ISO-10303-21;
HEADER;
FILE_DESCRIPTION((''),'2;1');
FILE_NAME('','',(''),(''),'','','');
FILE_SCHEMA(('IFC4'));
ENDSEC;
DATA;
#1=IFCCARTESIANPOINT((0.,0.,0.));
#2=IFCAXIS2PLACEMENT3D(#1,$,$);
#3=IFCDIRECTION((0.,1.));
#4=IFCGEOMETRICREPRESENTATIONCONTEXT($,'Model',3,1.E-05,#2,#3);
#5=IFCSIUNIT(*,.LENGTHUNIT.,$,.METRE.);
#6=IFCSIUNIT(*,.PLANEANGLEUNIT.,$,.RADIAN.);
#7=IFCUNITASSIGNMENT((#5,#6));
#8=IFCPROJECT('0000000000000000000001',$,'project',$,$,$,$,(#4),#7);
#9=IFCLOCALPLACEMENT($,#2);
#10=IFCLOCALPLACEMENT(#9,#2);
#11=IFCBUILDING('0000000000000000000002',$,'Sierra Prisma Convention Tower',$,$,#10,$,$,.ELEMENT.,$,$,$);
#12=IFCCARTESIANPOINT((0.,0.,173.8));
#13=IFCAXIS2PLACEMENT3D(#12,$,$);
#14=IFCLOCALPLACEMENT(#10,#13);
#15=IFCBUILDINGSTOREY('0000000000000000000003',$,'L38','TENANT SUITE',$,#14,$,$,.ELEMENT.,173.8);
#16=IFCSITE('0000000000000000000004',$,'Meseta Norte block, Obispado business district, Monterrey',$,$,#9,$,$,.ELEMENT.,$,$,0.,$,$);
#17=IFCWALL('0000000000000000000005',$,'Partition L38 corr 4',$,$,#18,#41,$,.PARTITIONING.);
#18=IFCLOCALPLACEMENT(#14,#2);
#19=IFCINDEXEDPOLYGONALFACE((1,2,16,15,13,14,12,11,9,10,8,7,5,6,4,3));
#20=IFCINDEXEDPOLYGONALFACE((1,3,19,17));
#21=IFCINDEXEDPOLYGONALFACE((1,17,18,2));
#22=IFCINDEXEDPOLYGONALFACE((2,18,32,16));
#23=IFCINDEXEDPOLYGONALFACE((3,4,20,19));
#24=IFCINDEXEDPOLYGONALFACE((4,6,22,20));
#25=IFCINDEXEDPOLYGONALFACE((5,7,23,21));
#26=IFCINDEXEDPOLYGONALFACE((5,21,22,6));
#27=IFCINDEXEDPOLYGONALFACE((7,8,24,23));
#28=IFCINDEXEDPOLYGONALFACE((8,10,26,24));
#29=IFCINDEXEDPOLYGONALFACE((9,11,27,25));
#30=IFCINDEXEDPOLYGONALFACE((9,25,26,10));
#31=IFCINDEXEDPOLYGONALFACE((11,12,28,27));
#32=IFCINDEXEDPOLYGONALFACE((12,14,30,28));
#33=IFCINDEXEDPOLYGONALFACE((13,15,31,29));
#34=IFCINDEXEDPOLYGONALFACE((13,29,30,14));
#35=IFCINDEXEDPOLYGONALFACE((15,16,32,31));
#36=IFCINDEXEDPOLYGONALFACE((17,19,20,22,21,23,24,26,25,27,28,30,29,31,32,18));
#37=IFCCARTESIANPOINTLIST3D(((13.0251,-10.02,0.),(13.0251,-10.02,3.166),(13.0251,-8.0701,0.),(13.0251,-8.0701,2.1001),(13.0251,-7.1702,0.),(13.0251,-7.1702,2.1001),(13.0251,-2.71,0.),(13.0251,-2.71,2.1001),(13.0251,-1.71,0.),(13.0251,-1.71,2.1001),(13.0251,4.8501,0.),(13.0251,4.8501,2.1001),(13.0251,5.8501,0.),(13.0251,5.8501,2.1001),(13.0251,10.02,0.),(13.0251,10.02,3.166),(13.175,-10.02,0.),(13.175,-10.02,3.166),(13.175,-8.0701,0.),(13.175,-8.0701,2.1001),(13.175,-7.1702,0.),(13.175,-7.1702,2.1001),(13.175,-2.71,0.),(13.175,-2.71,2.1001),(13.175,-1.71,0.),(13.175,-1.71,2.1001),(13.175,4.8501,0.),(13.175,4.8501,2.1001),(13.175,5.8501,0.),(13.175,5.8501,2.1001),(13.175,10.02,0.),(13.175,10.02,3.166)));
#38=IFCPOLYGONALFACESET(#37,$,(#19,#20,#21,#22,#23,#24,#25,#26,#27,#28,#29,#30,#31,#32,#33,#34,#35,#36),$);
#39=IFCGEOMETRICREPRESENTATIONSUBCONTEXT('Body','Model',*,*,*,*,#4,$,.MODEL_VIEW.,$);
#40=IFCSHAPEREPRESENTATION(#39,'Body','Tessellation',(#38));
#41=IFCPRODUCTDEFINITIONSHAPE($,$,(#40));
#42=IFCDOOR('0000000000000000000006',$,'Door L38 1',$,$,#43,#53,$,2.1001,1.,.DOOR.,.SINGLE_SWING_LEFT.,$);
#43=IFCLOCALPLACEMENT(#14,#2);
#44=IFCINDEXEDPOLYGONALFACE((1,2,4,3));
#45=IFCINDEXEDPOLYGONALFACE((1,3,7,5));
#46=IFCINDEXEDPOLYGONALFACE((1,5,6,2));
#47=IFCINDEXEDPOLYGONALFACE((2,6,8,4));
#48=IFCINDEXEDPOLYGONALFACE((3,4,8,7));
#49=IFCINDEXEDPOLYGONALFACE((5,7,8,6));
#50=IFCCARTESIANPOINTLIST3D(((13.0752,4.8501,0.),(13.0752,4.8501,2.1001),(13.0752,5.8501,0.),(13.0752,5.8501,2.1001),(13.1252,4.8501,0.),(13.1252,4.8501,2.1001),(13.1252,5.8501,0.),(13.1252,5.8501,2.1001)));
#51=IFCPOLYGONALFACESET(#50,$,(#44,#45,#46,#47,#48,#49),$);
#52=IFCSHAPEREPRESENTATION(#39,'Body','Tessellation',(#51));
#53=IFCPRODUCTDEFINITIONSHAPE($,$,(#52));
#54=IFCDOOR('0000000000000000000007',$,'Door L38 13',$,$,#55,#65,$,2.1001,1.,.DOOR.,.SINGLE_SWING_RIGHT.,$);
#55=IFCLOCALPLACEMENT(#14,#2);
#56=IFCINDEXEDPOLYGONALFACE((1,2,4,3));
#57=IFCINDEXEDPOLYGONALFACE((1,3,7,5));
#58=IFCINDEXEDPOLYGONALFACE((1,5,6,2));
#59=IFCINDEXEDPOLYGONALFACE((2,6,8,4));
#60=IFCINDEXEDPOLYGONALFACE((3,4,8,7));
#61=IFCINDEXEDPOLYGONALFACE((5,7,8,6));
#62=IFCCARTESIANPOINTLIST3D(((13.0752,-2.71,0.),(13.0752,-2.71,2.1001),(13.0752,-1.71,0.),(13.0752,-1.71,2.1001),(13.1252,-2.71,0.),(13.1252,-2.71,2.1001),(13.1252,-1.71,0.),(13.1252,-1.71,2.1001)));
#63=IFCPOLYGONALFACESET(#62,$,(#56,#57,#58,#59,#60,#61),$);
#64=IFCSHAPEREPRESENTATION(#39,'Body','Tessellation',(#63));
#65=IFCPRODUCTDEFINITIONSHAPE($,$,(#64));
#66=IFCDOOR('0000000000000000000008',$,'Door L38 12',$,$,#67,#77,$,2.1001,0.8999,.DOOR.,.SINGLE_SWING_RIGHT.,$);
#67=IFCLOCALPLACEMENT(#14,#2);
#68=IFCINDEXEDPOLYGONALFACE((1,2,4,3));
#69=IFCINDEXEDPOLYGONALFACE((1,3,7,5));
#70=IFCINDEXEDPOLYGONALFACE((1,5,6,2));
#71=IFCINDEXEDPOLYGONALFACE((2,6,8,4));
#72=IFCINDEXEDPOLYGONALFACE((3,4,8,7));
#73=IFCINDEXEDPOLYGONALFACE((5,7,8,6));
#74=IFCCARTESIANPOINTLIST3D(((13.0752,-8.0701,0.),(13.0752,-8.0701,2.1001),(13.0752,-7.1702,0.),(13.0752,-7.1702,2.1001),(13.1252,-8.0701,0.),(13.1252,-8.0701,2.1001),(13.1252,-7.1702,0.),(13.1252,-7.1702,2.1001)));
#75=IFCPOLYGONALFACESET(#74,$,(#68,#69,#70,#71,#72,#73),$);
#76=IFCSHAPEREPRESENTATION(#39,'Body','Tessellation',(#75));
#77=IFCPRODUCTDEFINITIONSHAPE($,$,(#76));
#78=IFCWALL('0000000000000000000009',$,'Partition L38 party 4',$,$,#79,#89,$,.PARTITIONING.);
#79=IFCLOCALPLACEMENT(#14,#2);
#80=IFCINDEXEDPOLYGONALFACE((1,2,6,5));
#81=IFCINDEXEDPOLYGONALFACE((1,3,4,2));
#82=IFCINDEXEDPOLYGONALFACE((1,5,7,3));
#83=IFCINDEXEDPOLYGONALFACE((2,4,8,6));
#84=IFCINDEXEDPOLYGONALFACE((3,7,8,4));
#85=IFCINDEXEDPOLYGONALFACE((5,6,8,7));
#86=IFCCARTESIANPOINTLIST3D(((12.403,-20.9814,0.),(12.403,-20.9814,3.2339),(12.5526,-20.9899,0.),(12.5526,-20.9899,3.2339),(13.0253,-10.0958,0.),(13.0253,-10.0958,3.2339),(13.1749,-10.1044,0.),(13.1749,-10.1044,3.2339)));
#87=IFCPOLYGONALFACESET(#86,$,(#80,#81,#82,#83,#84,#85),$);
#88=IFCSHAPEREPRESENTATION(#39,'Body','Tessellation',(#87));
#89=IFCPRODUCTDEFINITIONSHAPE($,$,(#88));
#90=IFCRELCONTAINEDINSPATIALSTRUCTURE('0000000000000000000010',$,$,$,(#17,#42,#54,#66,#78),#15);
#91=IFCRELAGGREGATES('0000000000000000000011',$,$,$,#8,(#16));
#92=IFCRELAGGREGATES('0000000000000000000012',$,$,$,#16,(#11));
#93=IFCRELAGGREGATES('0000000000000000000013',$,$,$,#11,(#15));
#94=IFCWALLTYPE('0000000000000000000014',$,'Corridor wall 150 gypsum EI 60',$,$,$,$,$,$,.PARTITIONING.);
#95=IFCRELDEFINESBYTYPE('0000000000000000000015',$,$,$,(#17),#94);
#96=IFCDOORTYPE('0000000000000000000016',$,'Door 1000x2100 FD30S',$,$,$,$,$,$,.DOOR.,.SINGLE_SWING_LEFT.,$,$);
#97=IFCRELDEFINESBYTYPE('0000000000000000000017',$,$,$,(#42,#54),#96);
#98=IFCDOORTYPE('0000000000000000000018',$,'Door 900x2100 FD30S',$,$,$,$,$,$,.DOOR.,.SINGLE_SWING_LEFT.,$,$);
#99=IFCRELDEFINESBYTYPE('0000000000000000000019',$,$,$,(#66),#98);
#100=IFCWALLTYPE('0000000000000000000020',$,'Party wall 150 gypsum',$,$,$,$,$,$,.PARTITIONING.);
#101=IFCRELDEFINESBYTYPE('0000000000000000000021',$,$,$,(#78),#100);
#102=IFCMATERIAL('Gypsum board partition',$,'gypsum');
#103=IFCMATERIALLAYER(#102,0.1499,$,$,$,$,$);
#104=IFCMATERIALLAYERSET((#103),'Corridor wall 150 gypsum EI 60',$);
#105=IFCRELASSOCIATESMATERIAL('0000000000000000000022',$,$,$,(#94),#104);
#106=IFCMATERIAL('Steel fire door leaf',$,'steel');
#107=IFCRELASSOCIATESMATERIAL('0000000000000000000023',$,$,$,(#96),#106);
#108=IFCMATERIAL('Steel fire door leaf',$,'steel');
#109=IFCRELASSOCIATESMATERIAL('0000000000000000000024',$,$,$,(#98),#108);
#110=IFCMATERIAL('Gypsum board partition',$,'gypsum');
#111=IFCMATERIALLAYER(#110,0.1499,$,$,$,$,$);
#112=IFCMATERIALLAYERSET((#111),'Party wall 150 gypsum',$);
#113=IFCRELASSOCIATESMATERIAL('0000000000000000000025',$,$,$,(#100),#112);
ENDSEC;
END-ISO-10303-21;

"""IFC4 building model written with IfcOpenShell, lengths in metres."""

from ifc_helpers import new_model, si_unit, direction, frame, frame_2d, origin, place, context, subcontext, project, spatial, rectangle, extrude, material, layer, layer_set, type_object, element, fill, save


model = new_model("IFC4")

# Units and contexts
model_context = context("Model", 3, precision=1e-05, world=origin(), true_north=direction((0.0, 1.0)))
body_context = subcontext(model_context, "Body", "Model", "MODEL_VIEW")
ifc_project = project(units=[si_unit("LENGTHUNIT", "METRE"), si_unit("PLANEANGLEUNIT", "RADIAN")], contexts=[model_context])

# Site, building, storey
site_placement = place(None, origin())
site = spatial("IfcSite", under=ifc_project, at=site_placement, Name="Meseta Norte block, Obispado business district, Monterrey", CompositionType="ELEMENT", RefElevation=0.0)
building_placement = place(site_placement, origin())
building = spatial("IfcBuilding", under=site, at=building_placement, Name="Sierra Prisma Convention Tower", CompositionType="ELEMENT")
storey_placement = place(building_placement, frame((0.0, 0.0, 173.8)))
storey = spatial("IfcBuildingStorey", under=building, at=storey_placement, Name="L38", Description="TENANT SUITE", CompositionType="ELEMENT", Elevation=173.8)

# Wall, openings, doors
ifc_material_1 = material(Name="Gypsum board partition", Category="gypsum")
ifc_layer_1 = layer(ifc_material_1, 0.1499)
ifc_layer_set_1 = layer_set([ifc_layer_1], Name="Corridor wall 150 gypsum EI 60")
wall_type_1 = type_object("IfcWallType", Name="Corridor wall 150 gypsum EI 60", PredefinedType="PARTITIONING", material=ifc_layer_set_1)
wall_1_placement = place(storey_placement, frame((13.1001, -10.02, 0.0), z_axis=(0.0, 0.0, 1.0), x_axis=(0.0, 1.0, 0.0)))
wall_1 = element("IfcWall", 1, at=wall_1_placement, inside=storey, type_object=wall_type_1, Name="Partition L38 corr 4", PredefinedType="PARTITIONING", context=body_context, shape_type="SweptSolid", body=[
    extrude(rectangle(XDim=20.04, YDim=0.1499, at=frame_2d((10.02, 0.0))), origin(), (0.0, 0.0, 1.0), 3.166),
])
opening_1_placement = place(wall_1_placement, frame((14.8701, 0.0, 0.0)))
opening_1 = element("IfcOpeningElement", 2, at=opening_1_placement, cuts=wall_1, PredefinedType="OPENING", context=body_context, shape_type="SweptSolid", body=[
    extrude(rectangle(XDim=1.0, YDim=2.1001, at=frame_2d((0.5, 1.05))), frame((0.0, 0.075, 0.0), z_axis=(0.0, -1.0, 0.0), x_axis=(1.0, 0.0, 0.0)), (0.0, 0.0, 1.0), 0.1499),
])
opening_2_placement = place(wall_1_placement, frame((1.95, 0.0, 0.0)))
opening_2 = element("IfcOpeningElement", 3, at=opening_2_placement, cuts=wall_1, PredefinedType="OPENING", context=body_context, shape_type="SweptSolid", body=[
    extrude(rectangle(XDim=0.8999, YDim=2.1001, at=frame_2d((0.45, 1.05))), frame((0.0, 0.075, 0.0), z_axis=(0.0, -1.0, 0.0), x_axis=(1.0, 0.0, 0.0)), (0.0, 0.0, 1.0), 0.1499),
])
opening_3_placement = place(wall_1_placement, frame((7.3101, 0.0, 0.0)))
opening_3 = element("IfcOpeningElement", 4, at=opening_3_placement, cuts=wall_1, PredefinedType="OPENING", context=body_context, shape_type="SweptSolid", body=[
    extrude(rectangle(XDim=1.0, YDim=2.1001, at=frame_2d((0.5, 1.05))), frame((0.0, 0.075, 0.0), z_axis=(0.0, -1.0, 0.0), x_axis=(1.0, 0.0, 0.0)), (0.0, 0.0, 1.0), 0.1499),
])
ifc_material_2 = material(Name="Steel fire door leaf", Category="steel")
door_type_1 = type_object("IfcDoorType", Name="Door 1000x2100 FD30S", OperationType="SINGLE_SWING_LEFT", PredefinedType="DOOR", material=ifc_material_2)
door_1_placement = place(opening_1_placement, origin())
door_1 = element("IfcDoor", 5, at=door_1_placement, inside=storey, type_object=door_type_1, Name="Door L38 1", OperationType="SINGLE_SWING_LEFT", OverallHeight=2.1001, OverallWidth=1.0, PredefinedType="DOOR", context=body_context, shape_type="SweptSolid", body=[
    extrude(rectangle(XDim=1.0, YDim=2.1001, at=frame_2d((0.5, 1.05))), frame((0.0, 0.0249, 0.0), z_axis=(0.0, -1.0, 0.0), x_axis=(1.0, 0.0, 0.0)), (0.0, 0.0, 1.0), 0.05),
])
fill(opening_1, door_1)
door_2_placement = place(opening_3_placement, origin())
door_2 = element("IfcDoor", 6, at=door_2_placement, inside=storey, type_object=door_type_1, Name="Door L38 13", OperationType="SINGLE_SWING_RIGHT", OverallHeight=2.1001, OverallWidth=1.0, PredefinedType="DOOR", context=body_context, shape_type="SweptSolid", body=[
    extrude(rectangle(XDim=1.0, YDim=2.1001, at=frame_2d((0.5, 1.05))), frame((0.0, 0.0249, 0.0), z_axis=(0.0, -1.0, 0.0), x_axis=(1.0, 0.0, 0.0)), (0.0, 0.0, 1.0), 0.05),
])
fill(opening_3, door_2)
ifc_material_3 = material(Name="Steel fire door leaf", Category="steel")
door_type_2 = type_object("IfcDoorType", Name="Door 900x2100 FD30S", OperationType="SINGLE_SWING_LEFT", PredefinedType="DOOR", material=ifc_material_3)
door_3_placement = place(opening_2_placement, origin())
door_3 = element("IfcDoor", 7, at=door_3_placement, inside=storey, type_object=door_type_2, Name="Door L38 12", OperationType="SINGLE_SWING_RIGHT", OverallHeight=2.1001, OverallWidth=0.8999, PredefinedType="DOOR", context=body_context, shape_type="SweptSolid", body=[
    extrude(rectangle(XDim=0.8999, YDim=2.1001, at=frame_2d((0.45, 1.05))), frame((0.0, 0.0249, 0.0), z_axis=(0.0, -1.0, 0.0), x_axis=(1.0, 0.0, 0.0)), (0.0, 0.0, 1.0), 0.05),
])
fill(opening_2, door_3)

# Wall
ifc_material_4 = material(Name="Gypsum board partition", Category="gypsum")
ifc_layer_2 = layer(ifc_material_4, 0.1499)
ifc_layer_set_2 = layer_set([ifc_layer_2], Name="Party wall 150 gypsum")
wall_type_2 = type_object("IfcWallType", Name="Party wall 150 gypsum", PredefinedType="PARTITIONING", material=ifc_layer_set_2)
wall_2_placement = place(storey_placement, frame((13.1001, -10.1001, 0.0), z_axis=(0.0, 0.0, 1.0), x_axis=(-0.057076, -0.99837, 0.0)))
element("IfcWall", 8, at=wall_2_placement, inside=storey, type_object=wall_type_2, Name="Partition L38 party 4", PredefinedType="PARTITIONING", context=body_context, shape_type="SweptSolid", body=[
    extrude(rectangle(XDim=10.9033, YDim=0.1499, at=frame_2d((5.4517, 0.0))), origin(), (0.0, 0.0, 1.0), 3.2339),
])

save(model, "model.ifc")
